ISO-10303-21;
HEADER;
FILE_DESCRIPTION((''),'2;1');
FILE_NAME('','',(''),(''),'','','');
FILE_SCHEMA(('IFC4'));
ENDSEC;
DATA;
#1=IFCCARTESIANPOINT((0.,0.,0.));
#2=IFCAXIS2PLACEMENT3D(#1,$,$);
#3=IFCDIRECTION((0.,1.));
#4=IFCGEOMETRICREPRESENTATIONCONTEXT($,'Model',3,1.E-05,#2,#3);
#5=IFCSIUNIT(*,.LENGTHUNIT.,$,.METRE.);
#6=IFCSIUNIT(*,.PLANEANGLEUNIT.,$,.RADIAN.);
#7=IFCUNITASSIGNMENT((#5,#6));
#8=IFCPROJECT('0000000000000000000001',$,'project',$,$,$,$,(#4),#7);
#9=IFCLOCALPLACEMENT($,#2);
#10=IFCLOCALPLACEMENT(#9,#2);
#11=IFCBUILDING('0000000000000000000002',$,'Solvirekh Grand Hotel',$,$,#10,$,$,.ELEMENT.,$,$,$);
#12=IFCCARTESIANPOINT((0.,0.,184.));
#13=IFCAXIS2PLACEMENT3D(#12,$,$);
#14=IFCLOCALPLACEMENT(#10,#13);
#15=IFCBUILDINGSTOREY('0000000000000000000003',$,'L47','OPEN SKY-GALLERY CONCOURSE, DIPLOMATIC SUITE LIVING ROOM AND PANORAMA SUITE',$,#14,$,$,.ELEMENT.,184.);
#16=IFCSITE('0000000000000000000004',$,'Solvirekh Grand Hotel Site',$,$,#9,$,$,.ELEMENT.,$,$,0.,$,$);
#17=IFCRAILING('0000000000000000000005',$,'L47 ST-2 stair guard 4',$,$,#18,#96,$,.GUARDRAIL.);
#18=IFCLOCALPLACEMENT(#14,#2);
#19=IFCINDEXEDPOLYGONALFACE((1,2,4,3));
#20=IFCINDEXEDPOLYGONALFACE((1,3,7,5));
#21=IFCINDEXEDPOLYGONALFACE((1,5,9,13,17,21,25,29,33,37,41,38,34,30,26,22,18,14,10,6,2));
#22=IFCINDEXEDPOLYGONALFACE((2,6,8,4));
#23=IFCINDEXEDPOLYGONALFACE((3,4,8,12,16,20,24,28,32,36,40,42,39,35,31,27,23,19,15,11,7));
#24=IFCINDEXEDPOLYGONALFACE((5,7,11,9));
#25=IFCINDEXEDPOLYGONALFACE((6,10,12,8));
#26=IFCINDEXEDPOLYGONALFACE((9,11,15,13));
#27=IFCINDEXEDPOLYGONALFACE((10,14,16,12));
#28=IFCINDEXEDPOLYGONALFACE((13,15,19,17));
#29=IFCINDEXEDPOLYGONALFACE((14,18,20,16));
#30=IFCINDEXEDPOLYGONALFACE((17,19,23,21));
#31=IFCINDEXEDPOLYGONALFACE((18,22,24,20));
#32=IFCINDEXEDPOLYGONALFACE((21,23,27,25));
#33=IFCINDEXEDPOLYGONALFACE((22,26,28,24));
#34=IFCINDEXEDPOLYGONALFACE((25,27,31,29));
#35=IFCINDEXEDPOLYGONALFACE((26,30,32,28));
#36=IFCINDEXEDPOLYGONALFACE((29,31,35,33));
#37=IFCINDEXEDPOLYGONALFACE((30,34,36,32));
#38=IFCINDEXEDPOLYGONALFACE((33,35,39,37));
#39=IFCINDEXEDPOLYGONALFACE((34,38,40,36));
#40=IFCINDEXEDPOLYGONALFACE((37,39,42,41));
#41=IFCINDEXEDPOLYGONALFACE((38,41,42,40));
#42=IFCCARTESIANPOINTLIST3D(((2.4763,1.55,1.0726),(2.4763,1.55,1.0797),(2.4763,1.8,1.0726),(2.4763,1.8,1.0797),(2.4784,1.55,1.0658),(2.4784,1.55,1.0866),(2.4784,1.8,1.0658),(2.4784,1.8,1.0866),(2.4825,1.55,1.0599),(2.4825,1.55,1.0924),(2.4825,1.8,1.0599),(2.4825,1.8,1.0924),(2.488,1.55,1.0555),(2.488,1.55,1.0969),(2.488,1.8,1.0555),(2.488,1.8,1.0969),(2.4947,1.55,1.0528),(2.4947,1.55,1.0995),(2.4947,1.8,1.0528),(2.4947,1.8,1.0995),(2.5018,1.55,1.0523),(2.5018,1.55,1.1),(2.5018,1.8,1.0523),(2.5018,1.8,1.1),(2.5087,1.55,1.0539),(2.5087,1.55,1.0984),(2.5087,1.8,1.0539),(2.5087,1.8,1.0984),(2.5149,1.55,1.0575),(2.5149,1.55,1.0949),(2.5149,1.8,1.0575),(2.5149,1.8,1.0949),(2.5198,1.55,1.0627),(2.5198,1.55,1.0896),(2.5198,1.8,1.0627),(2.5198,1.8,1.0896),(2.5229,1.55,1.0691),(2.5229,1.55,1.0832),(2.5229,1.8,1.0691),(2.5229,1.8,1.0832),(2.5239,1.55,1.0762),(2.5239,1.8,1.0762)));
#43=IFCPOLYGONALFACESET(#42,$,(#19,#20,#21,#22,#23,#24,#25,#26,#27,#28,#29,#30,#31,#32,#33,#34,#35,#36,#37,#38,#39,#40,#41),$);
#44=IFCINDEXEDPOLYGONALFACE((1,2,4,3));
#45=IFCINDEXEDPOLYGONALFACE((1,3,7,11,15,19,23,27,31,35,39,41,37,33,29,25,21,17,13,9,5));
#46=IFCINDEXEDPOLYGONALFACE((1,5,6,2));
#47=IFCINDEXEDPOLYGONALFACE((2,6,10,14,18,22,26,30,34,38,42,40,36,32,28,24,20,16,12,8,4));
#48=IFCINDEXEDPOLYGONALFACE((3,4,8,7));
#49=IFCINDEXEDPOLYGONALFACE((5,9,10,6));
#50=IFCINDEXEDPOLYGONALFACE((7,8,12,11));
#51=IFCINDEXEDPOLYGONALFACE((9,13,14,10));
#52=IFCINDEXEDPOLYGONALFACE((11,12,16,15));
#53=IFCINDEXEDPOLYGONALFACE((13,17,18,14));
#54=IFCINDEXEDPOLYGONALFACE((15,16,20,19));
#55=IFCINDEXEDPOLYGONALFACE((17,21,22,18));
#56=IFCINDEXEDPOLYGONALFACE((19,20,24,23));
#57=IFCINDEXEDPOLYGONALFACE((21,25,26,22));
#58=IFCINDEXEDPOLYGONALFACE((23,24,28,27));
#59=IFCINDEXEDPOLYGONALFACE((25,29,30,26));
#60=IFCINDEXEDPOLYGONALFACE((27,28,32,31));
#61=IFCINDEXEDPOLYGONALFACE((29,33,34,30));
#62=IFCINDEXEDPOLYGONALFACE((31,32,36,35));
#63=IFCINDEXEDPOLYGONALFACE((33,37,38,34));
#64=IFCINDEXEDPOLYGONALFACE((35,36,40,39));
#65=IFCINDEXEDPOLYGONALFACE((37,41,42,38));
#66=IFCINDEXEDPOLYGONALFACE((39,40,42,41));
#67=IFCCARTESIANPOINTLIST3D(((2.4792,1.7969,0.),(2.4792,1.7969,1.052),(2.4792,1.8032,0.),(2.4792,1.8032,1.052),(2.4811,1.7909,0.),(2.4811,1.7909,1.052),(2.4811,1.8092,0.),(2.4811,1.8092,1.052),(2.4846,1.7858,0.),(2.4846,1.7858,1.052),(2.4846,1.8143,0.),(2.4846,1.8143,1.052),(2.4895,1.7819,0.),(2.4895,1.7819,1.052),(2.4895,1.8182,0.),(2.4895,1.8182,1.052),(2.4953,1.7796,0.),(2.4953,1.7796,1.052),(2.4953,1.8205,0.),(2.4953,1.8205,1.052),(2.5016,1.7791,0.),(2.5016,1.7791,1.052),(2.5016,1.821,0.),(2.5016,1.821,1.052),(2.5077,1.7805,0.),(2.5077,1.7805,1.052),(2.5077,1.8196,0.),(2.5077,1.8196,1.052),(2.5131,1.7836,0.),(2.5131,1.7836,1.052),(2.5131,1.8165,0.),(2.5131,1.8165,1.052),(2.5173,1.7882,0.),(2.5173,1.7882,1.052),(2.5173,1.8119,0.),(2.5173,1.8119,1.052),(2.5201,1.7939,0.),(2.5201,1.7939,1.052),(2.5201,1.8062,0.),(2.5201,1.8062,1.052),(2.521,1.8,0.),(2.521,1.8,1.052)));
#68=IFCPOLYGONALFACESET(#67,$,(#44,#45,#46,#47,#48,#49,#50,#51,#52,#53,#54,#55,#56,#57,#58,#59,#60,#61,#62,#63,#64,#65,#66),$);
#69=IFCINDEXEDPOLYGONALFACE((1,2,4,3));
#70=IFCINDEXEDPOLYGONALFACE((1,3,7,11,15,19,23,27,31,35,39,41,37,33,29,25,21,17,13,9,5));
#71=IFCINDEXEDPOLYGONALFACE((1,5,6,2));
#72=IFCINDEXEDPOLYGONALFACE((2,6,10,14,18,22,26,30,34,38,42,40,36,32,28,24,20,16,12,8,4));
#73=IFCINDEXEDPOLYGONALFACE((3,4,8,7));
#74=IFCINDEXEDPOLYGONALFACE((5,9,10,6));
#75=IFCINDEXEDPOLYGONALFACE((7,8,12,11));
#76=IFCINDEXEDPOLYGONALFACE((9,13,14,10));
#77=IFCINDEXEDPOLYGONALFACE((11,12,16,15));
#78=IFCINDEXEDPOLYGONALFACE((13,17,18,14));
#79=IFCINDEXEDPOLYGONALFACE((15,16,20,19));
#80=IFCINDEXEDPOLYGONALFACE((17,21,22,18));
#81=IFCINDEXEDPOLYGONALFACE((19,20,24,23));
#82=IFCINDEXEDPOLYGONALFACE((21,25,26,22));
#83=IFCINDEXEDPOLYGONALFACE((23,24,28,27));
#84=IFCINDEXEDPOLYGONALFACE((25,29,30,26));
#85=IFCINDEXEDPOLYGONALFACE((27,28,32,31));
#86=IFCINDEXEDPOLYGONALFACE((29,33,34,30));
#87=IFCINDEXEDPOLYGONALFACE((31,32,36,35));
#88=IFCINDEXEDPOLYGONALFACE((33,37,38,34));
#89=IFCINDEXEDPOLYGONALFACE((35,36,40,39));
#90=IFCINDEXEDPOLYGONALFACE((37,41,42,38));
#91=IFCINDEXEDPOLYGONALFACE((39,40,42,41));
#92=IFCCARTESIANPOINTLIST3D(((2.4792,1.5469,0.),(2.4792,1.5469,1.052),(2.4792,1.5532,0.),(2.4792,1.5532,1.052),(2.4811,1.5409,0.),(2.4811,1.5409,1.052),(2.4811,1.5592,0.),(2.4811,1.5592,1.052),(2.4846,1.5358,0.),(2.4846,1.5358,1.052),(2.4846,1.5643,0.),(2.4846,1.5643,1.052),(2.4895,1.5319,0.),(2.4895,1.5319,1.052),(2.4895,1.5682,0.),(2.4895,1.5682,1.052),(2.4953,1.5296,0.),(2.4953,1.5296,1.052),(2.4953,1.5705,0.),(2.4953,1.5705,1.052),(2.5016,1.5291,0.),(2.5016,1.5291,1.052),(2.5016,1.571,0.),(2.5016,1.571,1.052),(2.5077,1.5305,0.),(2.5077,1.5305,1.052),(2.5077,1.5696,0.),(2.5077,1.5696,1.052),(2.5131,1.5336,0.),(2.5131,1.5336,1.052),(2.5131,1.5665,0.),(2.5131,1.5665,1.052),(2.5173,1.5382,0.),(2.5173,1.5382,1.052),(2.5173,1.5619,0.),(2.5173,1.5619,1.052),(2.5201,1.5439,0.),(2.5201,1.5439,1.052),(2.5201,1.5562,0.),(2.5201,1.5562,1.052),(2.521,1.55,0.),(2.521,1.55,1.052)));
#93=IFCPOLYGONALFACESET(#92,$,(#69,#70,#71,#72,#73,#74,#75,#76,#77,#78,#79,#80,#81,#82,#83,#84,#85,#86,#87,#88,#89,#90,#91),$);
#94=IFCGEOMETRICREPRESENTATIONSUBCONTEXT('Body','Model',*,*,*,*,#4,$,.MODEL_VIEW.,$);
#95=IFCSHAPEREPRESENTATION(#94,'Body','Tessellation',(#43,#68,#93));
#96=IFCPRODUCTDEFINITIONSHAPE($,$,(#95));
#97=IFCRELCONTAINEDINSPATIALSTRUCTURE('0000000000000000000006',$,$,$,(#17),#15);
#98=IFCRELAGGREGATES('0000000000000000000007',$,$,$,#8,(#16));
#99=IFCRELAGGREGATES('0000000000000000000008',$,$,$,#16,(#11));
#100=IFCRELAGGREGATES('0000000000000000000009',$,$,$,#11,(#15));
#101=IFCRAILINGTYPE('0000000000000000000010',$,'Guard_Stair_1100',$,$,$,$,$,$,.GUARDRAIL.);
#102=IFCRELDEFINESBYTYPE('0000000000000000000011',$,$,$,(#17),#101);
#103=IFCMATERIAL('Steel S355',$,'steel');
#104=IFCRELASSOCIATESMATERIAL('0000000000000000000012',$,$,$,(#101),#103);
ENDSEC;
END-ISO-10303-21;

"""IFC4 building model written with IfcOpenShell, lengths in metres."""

from ifc_helpers import new_model, si_unit, direction, frame, origin, origin_2d, place, context, subcontext, project, spatial, circle, extrude, material, type_object, element, save


model = new_model("IFC4")

# Units and contexts
model_context = context("Model", 3, precision=1e-05, world=origin(), true_north=direction((0.0, 1.0)))
body_context = subcontext(model_context, "Body", "Model", "MODEL_VIEW")
ifc_project = project(units=[si_unit("LENGTHUNIT", "METRE"), si_unit("PLANEANGLEUNIT", "RADIAN")], contexts=[model_context])

# Site, building, storey
site_placement = place(None, origin())
site = spatial("IfcSite", under=ifc_project, at=site_placement, Name="Solvirekh Grand Hotel Site", CompositionType="ELEMENT", RefElevation=0.0)
building_placement = place(site_placement, origin())
building = spatial("IfcBuilding", under=site, at=building_placement, Name="Solvirekh Grand Hotel", CompositionType="ELEMENT")
storey_placement = place(building_placement, frame((0.0, 0.0, 184.0)))
storey = spatial("IfcBuildingStorey", under=building, at=storey_placement, Name="L47", Description="OPEN SKY-GALLERY CONCOURSE, DIPLOMATIC SUITE LIVING ROOM AND PANORAMA SUITE", CompositionType="ELEMENT", Elevation=184.0)

# Railing
ifc_material_1 = material(Name="Steel S355", Category="steel")
railing_type_1 = type_object("IfcRailingType", Name="Guard_Stair_1100", PredefinedType="GUARDRAIL", material=ifc_material_1)
railing_1_placement = place(storey_placement, frame((2.5, 1.8, 0.0)))
element("IfcRailing", 1, at=railing_1_placement, inside=storey, type_object=railing_type_1, Name="L47 ST-2 stair guard 4", PredefinedType="GUARDRAIL", context=body_context, shape_type="SweptSolid", body=[
    extrude(circle(Radius=0.0239, at=origin_2d()), frame((0.0, 0.0, 1.0762), z_axis=(0.0, -1.0, 0.0), x_axis=(1.0, 0.0, 0.0)), (0.0, 0.0, 1.0), 0.25),
    extrude(circle(Radius=0.021, at=origin_2d()), origin(), (0.0, 0.0, 1.0), 1.052),
    extrude(circle(Radius=0.021, at=origin_2d()), frame((0.0, -0.25, 0.0)), (0.0, 0.0, 1.0), 1.052),
])

save(model, "model.ifc")
